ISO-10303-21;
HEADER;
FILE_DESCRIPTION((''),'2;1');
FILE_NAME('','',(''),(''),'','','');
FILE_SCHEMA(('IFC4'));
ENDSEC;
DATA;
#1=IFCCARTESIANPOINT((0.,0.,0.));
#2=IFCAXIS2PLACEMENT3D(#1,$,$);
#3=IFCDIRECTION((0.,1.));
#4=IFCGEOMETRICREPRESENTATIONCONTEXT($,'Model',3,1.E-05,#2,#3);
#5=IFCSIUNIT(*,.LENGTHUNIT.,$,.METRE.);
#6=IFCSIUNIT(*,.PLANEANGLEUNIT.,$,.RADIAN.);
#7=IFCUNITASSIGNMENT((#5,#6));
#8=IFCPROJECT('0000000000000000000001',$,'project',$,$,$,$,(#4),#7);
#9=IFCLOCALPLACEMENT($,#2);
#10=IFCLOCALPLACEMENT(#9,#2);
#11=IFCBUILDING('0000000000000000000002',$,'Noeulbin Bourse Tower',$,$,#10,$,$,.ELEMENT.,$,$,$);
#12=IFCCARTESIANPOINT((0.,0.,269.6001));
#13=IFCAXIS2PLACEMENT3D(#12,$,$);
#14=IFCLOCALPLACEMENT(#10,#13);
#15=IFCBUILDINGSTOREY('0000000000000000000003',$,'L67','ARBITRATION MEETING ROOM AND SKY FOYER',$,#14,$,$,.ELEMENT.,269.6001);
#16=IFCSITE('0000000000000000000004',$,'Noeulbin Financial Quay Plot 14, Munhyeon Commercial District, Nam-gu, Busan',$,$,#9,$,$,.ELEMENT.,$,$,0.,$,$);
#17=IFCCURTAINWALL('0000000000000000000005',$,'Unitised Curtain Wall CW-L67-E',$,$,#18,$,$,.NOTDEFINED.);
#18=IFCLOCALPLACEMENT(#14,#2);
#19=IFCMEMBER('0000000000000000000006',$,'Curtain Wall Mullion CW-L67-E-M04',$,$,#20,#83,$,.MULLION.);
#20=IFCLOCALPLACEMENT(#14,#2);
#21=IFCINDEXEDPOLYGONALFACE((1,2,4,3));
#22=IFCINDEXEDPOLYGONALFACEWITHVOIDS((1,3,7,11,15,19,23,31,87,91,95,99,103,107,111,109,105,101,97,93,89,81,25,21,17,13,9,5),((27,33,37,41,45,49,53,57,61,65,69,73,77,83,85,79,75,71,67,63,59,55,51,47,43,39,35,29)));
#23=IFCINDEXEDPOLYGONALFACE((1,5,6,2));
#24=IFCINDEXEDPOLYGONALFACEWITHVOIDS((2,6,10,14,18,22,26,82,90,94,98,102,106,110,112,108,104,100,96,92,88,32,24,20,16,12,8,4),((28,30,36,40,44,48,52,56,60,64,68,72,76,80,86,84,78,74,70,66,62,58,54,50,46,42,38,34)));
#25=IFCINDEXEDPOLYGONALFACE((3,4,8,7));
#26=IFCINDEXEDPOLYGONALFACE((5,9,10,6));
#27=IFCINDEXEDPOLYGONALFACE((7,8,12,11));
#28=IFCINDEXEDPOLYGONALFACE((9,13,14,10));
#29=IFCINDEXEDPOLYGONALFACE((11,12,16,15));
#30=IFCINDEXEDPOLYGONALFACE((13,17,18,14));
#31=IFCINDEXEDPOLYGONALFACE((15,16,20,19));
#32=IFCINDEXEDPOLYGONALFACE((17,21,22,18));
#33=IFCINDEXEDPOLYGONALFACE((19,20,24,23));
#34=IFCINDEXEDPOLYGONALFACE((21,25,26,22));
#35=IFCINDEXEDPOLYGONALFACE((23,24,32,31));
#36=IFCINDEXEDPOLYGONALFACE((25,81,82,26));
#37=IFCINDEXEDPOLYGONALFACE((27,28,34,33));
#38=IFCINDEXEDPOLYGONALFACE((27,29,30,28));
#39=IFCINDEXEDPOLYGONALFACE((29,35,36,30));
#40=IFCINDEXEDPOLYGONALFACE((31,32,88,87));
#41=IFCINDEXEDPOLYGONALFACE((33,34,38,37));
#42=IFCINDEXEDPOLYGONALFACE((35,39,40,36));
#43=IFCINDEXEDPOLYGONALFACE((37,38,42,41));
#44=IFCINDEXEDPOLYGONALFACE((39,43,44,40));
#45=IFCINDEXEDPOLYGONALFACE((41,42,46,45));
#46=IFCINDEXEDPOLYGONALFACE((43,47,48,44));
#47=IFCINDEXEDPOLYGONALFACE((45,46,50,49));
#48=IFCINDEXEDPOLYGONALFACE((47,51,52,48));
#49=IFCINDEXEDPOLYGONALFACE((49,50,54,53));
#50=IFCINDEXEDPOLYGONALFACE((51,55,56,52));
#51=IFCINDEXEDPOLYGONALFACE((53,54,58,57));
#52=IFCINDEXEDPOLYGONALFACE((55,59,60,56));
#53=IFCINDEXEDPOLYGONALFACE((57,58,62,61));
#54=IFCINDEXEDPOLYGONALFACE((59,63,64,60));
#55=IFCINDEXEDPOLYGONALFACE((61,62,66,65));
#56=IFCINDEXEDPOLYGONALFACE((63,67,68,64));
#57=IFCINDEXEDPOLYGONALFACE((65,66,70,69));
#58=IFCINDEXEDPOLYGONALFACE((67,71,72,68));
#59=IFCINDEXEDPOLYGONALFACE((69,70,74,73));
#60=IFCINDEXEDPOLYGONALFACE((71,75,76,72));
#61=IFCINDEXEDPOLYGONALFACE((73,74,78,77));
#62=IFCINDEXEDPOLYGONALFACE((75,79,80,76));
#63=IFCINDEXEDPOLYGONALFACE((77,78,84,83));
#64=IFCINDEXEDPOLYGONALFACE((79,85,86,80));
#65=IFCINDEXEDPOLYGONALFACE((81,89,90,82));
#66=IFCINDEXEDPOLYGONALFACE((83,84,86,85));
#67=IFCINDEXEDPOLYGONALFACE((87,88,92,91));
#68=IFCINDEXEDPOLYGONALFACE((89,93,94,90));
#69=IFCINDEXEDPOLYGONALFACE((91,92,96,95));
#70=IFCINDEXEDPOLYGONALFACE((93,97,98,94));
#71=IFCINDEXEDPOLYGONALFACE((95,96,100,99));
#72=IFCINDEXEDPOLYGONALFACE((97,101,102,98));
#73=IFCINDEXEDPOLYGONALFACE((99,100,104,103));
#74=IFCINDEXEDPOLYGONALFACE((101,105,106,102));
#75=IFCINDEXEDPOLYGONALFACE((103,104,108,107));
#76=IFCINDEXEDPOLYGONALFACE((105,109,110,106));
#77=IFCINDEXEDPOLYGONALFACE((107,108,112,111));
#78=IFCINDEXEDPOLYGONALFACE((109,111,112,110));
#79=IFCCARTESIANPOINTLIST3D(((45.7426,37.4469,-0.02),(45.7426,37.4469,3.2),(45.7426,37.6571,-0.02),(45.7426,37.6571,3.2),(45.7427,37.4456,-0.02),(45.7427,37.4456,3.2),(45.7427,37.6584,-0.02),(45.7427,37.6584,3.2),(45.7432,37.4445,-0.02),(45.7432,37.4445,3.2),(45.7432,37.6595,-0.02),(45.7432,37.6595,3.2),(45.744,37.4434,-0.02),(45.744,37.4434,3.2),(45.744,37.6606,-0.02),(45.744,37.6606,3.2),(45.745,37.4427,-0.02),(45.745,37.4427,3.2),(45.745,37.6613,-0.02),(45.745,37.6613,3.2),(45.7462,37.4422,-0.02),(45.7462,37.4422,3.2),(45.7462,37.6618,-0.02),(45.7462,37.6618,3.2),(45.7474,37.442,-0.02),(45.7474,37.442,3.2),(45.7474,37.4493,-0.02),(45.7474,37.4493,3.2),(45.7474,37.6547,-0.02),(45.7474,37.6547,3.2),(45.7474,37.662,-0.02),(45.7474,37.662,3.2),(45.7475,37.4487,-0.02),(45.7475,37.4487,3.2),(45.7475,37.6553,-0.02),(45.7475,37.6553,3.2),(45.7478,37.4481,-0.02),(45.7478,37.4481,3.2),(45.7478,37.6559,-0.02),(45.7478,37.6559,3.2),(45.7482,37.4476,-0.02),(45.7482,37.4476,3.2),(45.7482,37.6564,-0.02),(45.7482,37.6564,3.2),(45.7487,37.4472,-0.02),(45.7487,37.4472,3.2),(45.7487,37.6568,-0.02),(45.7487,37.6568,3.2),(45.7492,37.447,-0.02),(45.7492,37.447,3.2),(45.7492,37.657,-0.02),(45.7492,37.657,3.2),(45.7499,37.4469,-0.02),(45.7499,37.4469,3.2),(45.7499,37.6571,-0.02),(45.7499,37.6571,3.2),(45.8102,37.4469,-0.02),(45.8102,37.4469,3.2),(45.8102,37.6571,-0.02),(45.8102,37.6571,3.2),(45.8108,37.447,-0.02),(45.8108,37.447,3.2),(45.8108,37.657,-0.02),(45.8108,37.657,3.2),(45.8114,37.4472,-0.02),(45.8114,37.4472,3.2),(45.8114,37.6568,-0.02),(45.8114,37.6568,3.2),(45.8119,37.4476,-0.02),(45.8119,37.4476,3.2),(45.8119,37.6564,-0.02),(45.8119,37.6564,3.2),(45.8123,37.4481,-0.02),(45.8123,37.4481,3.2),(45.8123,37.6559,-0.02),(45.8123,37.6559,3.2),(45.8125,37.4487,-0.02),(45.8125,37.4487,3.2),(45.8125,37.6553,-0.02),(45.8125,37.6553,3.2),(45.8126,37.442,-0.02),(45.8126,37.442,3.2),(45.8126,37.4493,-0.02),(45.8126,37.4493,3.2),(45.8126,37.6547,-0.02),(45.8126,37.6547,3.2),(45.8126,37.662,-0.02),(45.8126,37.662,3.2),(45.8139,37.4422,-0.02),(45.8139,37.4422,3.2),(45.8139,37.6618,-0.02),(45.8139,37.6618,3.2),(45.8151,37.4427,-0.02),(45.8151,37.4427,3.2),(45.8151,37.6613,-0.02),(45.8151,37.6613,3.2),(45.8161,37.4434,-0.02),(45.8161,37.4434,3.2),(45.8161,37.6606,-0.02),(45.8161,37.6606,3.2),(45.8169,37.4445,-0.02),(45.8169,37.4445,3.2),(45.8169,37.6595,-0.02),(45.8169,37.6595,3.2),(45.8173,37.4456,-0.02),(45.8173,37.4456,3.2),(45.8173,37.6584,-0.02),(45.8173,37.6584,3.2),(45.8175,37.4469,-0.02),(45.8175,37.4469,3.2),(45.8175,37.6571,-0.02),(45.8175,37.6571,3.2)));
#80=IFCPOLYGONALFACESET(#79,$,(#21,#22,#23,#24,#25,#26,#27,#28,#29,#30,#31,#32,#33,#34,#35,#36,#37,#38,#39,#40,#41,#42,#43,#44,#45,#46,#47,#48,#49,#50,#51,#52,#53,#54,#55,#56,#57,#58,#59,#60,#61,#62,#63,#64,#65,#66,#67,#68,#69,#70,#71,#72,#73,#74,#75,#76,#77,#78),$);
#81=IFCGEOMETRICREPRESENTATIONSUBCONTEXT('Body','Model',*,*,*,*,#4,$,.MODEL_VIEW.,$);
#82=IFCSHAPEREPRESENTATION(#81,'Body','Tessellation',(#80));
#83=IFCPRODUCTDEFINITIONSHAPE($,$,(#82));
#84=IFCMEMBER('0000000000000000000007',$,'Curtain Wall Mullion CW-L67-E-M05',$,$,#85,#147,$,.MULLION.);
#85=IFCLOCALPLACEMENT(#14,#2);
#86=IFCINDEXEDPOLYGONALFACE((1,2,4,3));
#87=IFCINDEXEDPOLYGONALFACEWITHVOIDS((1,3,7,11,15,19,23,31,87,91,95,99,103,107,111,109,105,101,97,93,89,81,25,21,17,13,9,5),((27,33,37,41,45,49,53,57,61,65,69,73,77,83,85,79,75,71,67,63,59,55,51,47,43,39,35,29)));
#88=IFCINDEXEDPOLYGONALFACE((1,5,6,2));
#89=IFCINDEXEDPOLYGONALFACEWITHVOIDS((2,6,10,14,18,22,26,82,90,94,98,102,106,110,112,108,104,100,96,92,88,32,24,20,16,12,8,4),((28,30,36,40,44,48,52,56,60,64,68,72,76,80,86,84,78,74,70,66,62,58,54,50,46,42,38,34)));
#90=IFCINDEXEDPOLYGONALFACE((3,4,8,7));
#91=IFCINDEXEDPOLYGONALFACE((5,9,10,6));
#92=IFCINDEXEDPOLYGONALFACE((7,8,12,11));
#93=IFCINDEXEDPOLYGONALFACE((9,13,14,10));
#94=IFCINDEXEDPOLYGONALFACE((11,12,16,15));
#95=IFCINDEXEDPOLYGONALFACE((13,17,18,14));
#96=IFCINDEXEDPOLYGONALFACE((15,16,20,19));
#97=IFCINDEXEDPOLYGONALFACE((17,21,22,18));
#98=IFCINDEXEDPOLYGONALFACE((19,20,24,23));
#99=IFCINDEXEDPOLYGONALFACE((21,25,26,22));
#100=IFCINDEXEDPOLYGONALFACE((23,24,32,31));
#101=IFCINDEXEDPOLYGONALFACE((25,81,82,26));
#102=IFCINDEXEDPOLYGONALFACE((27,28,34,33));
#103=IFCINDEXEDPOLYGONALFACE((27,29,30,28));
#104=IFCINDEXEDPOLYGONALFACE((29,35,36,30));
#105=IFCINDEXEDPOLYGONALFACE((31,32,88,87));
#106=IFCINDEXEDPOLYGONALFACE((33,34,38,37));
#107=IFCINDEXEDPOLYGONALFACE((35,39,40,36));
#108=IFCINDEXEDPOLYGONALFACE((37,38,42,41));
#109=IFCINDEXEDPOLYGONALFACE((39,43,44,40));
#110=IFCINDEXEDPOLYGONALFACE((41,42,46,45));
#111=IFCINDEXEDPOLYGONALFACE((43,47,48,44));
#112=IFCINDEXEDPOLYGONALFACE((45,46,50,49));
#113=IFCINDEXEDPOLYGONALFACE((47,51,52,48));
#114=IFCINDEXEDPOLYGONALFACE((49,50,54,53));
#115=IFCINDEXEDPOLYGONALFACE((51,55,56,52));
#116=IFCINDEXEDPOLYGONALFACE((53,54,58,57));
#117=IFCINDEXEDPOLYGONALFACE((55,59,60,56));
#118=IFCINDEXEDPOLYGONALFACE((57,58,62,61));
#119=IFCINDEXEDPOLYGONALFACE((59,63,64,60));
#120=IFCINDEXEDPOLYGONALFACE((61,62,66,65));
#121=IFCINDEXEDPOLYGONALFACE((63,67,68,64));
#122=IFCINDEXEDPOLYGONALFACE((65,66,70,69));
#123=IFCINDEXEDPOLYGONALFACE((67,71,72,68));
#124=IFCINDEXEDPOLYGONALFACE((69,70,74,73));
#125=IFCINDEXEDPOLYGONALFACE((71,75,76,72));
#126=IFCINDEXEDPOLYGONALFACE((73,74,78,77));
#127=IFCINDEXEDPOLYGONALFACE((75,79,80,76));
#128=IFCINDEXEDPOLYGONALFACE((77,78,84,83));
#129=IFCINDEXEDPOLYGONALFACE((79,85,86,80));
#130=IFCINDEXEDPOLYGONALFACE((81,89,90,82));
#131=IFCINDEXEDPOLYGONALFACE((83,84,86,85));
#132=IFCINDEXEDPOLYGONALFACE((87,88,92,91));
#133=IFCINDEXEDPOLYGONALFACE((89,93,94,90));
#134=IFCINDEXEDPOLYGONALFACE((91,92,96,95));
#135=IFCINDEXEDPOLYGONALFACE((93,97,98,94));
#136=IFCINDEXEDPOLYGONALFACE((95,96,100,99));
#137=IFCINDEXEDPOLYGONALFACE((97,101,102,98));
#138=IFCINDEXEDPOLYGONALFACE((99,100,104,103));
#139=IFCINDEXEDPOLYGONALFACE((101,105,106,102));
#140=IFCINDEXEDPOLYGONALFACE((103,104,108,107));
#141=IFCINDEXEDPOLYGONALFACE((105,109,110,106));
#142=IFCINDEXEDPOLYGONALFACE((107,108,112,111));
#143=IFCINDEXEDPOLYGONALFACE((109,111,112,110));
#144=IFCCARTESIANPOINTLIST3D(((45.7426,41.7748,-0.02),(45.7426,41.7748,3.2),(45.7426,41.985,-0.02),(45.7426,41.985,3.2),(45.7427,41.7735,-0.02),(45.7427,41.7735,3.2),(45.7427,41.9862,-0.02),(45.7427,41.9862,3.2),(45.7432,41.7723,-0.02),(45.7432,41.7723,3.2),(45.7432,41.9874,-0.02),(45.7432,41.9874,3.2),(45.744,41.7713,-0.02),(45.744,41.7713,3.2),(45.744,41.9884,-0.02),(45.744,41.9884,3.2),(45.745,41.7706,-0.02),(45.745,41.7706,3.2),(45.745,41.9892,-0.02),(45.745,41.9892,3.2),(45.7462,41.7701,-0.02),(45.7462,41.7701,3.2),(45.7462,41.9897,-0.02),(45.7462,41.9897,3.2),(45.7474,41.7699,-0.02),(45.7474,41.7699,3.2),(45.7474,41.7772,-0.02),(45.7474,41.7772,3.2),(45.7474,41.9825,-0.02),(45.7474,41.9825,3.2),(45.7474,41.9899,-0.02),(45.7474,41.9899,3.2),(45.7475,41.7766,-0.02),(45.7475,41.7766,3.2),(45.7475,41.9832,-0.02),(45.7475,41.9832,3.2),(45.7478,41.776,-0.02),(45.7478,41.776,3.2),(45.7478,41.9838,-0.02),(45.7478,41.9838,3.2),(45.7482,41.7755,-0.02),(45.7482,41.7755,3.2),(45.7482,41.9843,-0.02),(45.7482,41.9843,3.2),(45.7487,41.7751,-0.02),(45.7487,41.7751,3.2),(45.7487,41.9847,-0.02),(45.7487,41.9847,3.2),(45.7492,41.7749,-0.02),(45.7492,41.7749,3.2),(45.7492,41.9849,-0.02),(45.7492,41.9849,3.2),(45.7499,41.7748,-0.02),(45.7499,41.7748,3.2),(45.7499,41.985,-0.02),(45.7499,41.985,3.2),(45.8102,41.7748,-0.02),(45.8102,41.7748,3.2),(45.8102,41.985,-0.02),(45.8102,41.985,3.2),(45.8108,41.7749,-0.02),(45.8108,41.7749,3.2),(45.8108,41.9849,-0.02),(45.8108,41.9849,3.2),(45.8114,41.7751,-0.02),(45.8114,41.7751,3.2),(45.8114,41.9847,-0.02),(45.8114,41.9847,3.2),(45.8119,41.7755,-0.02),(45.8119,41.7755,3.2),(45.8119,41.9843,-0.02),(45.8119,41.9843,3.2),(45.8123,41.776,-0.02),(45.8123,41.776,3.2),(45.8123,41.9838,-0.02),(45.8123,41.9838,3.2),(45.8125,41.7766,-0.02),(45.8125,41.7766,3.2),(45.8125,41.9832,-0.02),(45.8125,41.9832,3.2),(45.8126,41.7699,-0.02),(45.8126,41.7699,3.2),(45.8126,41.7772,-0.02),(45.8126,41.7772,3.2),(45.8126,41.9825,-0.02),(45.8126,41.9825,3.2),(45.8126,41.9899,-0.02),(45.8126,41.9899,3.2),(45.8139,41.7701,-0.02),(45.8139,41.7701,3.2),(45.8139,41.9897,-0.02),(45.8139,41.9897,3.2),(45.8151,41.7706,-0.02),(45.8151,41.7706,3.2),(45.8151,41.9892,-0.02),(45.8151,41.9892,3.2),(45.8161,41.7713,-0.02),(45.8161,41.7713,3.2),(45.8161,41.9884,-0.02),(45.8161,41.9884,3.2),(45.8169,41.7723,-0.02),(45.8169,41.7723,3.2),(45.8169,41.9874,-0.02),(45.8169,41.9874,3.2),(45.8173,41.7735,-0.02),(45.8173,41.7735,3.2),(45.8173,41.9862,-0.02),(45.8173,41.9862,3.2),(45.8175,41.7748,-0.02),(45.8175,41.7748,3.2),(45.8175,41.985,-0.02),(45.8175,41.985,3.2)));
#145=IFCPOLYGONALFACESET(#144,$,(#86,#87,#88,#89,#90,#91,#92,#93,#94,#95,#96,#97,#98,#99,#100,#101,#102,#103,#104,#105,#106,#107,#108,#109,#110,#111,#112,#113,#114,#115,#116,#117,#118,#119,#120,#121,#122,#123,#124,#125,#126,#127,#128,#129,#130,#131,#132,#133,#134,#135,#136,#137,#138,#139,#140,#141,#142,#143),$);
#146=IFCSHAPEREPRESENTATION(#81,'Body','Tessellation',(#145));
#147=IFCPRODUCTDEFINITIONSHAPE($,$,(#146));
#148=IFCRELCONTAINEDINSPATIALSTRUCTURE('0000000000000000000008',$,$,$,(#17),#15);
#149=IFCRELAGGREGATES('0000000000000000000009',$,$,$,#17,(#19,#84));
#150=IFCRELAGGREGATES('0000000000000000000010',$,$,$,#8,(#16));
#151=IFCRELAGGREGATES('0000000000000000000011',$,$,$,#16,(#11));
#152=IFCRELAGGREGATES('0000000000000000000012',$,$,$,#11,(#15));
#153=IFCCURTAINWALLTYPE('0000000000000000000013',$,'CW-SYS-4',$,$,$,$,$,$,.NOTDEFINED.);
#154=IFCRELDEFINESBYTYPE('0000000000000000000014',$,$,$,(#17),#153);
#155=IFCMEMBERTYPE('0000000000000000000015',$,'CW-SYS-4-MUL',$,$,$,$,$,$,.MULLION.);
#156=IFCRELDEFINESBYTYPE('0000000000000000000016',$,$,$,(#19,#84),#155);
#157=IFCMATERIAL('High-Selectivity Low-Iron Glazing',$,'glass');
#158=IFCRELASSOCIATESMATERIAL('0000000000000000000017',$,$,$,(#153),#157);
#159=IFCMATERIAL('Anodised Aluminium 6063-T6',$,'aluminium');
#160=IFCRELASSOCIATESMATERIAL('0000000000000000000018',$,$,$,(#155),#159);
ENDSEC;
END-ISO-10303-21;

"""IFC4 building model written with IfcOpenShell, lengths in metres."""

from ifc_helpers import new_model, si_unit, direction, frame, origin, origin_2d, place, context, subcontext, project, spatial, hollow_rectangle, extrude, material, material_profile, profile_set, type_object, element, aggregate, save


model = new_model("IFC4")

# Units and contexts
model_context = context("Model", 3, precision=1e-05, world=origin(), true_north=direction((0.0, 1.0)))
body_context = subcontext(model_context, "Body", "Model", "MODEL_VIEW")
ifc_project = project(units=[si_unit("LENGTHUNIT", "METRE"), si_unit("PLANEANGLEUNIT", "RADIAN")], contexts=[model_context])

# Site, building, storey
site_placement = place(None, origin())
site = spatial("IfcSite", under=ifc_project, at=site_placement, Name="Noeulbin Financial Quay Plot 14, Munhyeon Commercial District, Nam-gu, Busan", CompositionType="ELEMENT", RefElevation=0.0)
building_placement = place(site_placement, origin())
building = spatial("IfcBuilding", under=site, at=building_placement, Name="Noeulbin Bourse Tower", CompositionType="ELEMENT")
storey_placement = place(building_placement, frame((0.0, 0.0, 269.6001)))
storey = spatial("IfcBuildingStorey", under=building, at=storey_placement, Name="L67", Description="ARBITRATION MEETING ROOM AND SKY FOYER", CompositionType="ELEMENT", Elevation=269.6001)

# Shared definitions
ifc_material_1 = material(Name="High-Selectivity Low-Iron Glazing", Category="glass")
curtain_wall_type = type_object("IfcCurtainWallType", Name="CW-SYS-4", PredefinedType="NOTDEFINED", material=ifc_material_1)
ifc_material_2 = material(Name="Anodised Aluminium 6063-T6", Category="aluminium")
ifc_material_profile_1 = material_profile(ifc_material_2, hollow_rectangle(XDim=0.075, YDim=0.22, WallThickness=0.0049, InnerFilletRadius=0.0024, OuterFilletRadius=0.0049, at=origin_2d()), Name="ALU-MULL-75x220x5", Category="LoadBearing")
ifc_profile_set_1 = profile_set([ifc_material_profile_1], Name="Anodised Aluminium 6063-T6")
member_type_1 = type_object("IfcMemberType", Name="CW-SYS-4-MUL", PredefinedType="MULLION", material=ifc_profile_set_1)

# Curtain wall, members
curtain_wall_1_placement = place(storey_placement, origin())
curtain_wall_1 = element("IfcCurtainWall", 1, at=curtain_wall_1_placement, inside=storey, type_object=curtain_wall_type, Name="Unitised Curtain Wall CW-L67-E", PredefinedType="NOTDEFINED")
member_1_placement = place(storey_placement, frame((45.78, 37.552, -0.02), z_axis=(0.0, 0.0, 1.0), x_axis=(1.0, 0.0, 0.0)))
member_1 = element("IfcMember", 2, at=member_1_placement, type_object=member_type_1, Name="Curtain Wall Mullion CW-L67-E-M04", PredefinedType="MULLION", context=body_context, shape_type="SweptSolid", body=[
    extrude(hollow_rectangle(XDim=0.075, YDim=0.22, WallThickness=0.0049, InnerFilletRadius=0.0024, OuterFilletRadius=0.0049, at=origin_2d()), origin(), (0.0, 0.0, 1.0), 3.22),
])
member_2_placement = place(storey_placement, frame((45.78, 41.8799, -0.02), z_axis=(0.0, 0.0, 1.0), x_axis=(1.0, 0.0, 0.0)))
member_2 = element("IfcMember", 3, at=member_2_placement, type_object=member_type_1, Name="Curtain Wall Mullion CW-L67-E-M05", PredefinedType="MULLION", context=body_context, shape_type="SweptSolid", body=[
    extrude(hollow_rectangle(XDim=0.075, YDim=0.22, WallThickness=0.0049, InnerFilletRadius=0.0024, OuterFilletRadius=0.0049, at=origin_2d()), origin(), (0.0, 0.0, 1.0), 3.22),
])

aggregate(curtain_wall_1, [member_1, member_2])

save(model, "model.ifc")
